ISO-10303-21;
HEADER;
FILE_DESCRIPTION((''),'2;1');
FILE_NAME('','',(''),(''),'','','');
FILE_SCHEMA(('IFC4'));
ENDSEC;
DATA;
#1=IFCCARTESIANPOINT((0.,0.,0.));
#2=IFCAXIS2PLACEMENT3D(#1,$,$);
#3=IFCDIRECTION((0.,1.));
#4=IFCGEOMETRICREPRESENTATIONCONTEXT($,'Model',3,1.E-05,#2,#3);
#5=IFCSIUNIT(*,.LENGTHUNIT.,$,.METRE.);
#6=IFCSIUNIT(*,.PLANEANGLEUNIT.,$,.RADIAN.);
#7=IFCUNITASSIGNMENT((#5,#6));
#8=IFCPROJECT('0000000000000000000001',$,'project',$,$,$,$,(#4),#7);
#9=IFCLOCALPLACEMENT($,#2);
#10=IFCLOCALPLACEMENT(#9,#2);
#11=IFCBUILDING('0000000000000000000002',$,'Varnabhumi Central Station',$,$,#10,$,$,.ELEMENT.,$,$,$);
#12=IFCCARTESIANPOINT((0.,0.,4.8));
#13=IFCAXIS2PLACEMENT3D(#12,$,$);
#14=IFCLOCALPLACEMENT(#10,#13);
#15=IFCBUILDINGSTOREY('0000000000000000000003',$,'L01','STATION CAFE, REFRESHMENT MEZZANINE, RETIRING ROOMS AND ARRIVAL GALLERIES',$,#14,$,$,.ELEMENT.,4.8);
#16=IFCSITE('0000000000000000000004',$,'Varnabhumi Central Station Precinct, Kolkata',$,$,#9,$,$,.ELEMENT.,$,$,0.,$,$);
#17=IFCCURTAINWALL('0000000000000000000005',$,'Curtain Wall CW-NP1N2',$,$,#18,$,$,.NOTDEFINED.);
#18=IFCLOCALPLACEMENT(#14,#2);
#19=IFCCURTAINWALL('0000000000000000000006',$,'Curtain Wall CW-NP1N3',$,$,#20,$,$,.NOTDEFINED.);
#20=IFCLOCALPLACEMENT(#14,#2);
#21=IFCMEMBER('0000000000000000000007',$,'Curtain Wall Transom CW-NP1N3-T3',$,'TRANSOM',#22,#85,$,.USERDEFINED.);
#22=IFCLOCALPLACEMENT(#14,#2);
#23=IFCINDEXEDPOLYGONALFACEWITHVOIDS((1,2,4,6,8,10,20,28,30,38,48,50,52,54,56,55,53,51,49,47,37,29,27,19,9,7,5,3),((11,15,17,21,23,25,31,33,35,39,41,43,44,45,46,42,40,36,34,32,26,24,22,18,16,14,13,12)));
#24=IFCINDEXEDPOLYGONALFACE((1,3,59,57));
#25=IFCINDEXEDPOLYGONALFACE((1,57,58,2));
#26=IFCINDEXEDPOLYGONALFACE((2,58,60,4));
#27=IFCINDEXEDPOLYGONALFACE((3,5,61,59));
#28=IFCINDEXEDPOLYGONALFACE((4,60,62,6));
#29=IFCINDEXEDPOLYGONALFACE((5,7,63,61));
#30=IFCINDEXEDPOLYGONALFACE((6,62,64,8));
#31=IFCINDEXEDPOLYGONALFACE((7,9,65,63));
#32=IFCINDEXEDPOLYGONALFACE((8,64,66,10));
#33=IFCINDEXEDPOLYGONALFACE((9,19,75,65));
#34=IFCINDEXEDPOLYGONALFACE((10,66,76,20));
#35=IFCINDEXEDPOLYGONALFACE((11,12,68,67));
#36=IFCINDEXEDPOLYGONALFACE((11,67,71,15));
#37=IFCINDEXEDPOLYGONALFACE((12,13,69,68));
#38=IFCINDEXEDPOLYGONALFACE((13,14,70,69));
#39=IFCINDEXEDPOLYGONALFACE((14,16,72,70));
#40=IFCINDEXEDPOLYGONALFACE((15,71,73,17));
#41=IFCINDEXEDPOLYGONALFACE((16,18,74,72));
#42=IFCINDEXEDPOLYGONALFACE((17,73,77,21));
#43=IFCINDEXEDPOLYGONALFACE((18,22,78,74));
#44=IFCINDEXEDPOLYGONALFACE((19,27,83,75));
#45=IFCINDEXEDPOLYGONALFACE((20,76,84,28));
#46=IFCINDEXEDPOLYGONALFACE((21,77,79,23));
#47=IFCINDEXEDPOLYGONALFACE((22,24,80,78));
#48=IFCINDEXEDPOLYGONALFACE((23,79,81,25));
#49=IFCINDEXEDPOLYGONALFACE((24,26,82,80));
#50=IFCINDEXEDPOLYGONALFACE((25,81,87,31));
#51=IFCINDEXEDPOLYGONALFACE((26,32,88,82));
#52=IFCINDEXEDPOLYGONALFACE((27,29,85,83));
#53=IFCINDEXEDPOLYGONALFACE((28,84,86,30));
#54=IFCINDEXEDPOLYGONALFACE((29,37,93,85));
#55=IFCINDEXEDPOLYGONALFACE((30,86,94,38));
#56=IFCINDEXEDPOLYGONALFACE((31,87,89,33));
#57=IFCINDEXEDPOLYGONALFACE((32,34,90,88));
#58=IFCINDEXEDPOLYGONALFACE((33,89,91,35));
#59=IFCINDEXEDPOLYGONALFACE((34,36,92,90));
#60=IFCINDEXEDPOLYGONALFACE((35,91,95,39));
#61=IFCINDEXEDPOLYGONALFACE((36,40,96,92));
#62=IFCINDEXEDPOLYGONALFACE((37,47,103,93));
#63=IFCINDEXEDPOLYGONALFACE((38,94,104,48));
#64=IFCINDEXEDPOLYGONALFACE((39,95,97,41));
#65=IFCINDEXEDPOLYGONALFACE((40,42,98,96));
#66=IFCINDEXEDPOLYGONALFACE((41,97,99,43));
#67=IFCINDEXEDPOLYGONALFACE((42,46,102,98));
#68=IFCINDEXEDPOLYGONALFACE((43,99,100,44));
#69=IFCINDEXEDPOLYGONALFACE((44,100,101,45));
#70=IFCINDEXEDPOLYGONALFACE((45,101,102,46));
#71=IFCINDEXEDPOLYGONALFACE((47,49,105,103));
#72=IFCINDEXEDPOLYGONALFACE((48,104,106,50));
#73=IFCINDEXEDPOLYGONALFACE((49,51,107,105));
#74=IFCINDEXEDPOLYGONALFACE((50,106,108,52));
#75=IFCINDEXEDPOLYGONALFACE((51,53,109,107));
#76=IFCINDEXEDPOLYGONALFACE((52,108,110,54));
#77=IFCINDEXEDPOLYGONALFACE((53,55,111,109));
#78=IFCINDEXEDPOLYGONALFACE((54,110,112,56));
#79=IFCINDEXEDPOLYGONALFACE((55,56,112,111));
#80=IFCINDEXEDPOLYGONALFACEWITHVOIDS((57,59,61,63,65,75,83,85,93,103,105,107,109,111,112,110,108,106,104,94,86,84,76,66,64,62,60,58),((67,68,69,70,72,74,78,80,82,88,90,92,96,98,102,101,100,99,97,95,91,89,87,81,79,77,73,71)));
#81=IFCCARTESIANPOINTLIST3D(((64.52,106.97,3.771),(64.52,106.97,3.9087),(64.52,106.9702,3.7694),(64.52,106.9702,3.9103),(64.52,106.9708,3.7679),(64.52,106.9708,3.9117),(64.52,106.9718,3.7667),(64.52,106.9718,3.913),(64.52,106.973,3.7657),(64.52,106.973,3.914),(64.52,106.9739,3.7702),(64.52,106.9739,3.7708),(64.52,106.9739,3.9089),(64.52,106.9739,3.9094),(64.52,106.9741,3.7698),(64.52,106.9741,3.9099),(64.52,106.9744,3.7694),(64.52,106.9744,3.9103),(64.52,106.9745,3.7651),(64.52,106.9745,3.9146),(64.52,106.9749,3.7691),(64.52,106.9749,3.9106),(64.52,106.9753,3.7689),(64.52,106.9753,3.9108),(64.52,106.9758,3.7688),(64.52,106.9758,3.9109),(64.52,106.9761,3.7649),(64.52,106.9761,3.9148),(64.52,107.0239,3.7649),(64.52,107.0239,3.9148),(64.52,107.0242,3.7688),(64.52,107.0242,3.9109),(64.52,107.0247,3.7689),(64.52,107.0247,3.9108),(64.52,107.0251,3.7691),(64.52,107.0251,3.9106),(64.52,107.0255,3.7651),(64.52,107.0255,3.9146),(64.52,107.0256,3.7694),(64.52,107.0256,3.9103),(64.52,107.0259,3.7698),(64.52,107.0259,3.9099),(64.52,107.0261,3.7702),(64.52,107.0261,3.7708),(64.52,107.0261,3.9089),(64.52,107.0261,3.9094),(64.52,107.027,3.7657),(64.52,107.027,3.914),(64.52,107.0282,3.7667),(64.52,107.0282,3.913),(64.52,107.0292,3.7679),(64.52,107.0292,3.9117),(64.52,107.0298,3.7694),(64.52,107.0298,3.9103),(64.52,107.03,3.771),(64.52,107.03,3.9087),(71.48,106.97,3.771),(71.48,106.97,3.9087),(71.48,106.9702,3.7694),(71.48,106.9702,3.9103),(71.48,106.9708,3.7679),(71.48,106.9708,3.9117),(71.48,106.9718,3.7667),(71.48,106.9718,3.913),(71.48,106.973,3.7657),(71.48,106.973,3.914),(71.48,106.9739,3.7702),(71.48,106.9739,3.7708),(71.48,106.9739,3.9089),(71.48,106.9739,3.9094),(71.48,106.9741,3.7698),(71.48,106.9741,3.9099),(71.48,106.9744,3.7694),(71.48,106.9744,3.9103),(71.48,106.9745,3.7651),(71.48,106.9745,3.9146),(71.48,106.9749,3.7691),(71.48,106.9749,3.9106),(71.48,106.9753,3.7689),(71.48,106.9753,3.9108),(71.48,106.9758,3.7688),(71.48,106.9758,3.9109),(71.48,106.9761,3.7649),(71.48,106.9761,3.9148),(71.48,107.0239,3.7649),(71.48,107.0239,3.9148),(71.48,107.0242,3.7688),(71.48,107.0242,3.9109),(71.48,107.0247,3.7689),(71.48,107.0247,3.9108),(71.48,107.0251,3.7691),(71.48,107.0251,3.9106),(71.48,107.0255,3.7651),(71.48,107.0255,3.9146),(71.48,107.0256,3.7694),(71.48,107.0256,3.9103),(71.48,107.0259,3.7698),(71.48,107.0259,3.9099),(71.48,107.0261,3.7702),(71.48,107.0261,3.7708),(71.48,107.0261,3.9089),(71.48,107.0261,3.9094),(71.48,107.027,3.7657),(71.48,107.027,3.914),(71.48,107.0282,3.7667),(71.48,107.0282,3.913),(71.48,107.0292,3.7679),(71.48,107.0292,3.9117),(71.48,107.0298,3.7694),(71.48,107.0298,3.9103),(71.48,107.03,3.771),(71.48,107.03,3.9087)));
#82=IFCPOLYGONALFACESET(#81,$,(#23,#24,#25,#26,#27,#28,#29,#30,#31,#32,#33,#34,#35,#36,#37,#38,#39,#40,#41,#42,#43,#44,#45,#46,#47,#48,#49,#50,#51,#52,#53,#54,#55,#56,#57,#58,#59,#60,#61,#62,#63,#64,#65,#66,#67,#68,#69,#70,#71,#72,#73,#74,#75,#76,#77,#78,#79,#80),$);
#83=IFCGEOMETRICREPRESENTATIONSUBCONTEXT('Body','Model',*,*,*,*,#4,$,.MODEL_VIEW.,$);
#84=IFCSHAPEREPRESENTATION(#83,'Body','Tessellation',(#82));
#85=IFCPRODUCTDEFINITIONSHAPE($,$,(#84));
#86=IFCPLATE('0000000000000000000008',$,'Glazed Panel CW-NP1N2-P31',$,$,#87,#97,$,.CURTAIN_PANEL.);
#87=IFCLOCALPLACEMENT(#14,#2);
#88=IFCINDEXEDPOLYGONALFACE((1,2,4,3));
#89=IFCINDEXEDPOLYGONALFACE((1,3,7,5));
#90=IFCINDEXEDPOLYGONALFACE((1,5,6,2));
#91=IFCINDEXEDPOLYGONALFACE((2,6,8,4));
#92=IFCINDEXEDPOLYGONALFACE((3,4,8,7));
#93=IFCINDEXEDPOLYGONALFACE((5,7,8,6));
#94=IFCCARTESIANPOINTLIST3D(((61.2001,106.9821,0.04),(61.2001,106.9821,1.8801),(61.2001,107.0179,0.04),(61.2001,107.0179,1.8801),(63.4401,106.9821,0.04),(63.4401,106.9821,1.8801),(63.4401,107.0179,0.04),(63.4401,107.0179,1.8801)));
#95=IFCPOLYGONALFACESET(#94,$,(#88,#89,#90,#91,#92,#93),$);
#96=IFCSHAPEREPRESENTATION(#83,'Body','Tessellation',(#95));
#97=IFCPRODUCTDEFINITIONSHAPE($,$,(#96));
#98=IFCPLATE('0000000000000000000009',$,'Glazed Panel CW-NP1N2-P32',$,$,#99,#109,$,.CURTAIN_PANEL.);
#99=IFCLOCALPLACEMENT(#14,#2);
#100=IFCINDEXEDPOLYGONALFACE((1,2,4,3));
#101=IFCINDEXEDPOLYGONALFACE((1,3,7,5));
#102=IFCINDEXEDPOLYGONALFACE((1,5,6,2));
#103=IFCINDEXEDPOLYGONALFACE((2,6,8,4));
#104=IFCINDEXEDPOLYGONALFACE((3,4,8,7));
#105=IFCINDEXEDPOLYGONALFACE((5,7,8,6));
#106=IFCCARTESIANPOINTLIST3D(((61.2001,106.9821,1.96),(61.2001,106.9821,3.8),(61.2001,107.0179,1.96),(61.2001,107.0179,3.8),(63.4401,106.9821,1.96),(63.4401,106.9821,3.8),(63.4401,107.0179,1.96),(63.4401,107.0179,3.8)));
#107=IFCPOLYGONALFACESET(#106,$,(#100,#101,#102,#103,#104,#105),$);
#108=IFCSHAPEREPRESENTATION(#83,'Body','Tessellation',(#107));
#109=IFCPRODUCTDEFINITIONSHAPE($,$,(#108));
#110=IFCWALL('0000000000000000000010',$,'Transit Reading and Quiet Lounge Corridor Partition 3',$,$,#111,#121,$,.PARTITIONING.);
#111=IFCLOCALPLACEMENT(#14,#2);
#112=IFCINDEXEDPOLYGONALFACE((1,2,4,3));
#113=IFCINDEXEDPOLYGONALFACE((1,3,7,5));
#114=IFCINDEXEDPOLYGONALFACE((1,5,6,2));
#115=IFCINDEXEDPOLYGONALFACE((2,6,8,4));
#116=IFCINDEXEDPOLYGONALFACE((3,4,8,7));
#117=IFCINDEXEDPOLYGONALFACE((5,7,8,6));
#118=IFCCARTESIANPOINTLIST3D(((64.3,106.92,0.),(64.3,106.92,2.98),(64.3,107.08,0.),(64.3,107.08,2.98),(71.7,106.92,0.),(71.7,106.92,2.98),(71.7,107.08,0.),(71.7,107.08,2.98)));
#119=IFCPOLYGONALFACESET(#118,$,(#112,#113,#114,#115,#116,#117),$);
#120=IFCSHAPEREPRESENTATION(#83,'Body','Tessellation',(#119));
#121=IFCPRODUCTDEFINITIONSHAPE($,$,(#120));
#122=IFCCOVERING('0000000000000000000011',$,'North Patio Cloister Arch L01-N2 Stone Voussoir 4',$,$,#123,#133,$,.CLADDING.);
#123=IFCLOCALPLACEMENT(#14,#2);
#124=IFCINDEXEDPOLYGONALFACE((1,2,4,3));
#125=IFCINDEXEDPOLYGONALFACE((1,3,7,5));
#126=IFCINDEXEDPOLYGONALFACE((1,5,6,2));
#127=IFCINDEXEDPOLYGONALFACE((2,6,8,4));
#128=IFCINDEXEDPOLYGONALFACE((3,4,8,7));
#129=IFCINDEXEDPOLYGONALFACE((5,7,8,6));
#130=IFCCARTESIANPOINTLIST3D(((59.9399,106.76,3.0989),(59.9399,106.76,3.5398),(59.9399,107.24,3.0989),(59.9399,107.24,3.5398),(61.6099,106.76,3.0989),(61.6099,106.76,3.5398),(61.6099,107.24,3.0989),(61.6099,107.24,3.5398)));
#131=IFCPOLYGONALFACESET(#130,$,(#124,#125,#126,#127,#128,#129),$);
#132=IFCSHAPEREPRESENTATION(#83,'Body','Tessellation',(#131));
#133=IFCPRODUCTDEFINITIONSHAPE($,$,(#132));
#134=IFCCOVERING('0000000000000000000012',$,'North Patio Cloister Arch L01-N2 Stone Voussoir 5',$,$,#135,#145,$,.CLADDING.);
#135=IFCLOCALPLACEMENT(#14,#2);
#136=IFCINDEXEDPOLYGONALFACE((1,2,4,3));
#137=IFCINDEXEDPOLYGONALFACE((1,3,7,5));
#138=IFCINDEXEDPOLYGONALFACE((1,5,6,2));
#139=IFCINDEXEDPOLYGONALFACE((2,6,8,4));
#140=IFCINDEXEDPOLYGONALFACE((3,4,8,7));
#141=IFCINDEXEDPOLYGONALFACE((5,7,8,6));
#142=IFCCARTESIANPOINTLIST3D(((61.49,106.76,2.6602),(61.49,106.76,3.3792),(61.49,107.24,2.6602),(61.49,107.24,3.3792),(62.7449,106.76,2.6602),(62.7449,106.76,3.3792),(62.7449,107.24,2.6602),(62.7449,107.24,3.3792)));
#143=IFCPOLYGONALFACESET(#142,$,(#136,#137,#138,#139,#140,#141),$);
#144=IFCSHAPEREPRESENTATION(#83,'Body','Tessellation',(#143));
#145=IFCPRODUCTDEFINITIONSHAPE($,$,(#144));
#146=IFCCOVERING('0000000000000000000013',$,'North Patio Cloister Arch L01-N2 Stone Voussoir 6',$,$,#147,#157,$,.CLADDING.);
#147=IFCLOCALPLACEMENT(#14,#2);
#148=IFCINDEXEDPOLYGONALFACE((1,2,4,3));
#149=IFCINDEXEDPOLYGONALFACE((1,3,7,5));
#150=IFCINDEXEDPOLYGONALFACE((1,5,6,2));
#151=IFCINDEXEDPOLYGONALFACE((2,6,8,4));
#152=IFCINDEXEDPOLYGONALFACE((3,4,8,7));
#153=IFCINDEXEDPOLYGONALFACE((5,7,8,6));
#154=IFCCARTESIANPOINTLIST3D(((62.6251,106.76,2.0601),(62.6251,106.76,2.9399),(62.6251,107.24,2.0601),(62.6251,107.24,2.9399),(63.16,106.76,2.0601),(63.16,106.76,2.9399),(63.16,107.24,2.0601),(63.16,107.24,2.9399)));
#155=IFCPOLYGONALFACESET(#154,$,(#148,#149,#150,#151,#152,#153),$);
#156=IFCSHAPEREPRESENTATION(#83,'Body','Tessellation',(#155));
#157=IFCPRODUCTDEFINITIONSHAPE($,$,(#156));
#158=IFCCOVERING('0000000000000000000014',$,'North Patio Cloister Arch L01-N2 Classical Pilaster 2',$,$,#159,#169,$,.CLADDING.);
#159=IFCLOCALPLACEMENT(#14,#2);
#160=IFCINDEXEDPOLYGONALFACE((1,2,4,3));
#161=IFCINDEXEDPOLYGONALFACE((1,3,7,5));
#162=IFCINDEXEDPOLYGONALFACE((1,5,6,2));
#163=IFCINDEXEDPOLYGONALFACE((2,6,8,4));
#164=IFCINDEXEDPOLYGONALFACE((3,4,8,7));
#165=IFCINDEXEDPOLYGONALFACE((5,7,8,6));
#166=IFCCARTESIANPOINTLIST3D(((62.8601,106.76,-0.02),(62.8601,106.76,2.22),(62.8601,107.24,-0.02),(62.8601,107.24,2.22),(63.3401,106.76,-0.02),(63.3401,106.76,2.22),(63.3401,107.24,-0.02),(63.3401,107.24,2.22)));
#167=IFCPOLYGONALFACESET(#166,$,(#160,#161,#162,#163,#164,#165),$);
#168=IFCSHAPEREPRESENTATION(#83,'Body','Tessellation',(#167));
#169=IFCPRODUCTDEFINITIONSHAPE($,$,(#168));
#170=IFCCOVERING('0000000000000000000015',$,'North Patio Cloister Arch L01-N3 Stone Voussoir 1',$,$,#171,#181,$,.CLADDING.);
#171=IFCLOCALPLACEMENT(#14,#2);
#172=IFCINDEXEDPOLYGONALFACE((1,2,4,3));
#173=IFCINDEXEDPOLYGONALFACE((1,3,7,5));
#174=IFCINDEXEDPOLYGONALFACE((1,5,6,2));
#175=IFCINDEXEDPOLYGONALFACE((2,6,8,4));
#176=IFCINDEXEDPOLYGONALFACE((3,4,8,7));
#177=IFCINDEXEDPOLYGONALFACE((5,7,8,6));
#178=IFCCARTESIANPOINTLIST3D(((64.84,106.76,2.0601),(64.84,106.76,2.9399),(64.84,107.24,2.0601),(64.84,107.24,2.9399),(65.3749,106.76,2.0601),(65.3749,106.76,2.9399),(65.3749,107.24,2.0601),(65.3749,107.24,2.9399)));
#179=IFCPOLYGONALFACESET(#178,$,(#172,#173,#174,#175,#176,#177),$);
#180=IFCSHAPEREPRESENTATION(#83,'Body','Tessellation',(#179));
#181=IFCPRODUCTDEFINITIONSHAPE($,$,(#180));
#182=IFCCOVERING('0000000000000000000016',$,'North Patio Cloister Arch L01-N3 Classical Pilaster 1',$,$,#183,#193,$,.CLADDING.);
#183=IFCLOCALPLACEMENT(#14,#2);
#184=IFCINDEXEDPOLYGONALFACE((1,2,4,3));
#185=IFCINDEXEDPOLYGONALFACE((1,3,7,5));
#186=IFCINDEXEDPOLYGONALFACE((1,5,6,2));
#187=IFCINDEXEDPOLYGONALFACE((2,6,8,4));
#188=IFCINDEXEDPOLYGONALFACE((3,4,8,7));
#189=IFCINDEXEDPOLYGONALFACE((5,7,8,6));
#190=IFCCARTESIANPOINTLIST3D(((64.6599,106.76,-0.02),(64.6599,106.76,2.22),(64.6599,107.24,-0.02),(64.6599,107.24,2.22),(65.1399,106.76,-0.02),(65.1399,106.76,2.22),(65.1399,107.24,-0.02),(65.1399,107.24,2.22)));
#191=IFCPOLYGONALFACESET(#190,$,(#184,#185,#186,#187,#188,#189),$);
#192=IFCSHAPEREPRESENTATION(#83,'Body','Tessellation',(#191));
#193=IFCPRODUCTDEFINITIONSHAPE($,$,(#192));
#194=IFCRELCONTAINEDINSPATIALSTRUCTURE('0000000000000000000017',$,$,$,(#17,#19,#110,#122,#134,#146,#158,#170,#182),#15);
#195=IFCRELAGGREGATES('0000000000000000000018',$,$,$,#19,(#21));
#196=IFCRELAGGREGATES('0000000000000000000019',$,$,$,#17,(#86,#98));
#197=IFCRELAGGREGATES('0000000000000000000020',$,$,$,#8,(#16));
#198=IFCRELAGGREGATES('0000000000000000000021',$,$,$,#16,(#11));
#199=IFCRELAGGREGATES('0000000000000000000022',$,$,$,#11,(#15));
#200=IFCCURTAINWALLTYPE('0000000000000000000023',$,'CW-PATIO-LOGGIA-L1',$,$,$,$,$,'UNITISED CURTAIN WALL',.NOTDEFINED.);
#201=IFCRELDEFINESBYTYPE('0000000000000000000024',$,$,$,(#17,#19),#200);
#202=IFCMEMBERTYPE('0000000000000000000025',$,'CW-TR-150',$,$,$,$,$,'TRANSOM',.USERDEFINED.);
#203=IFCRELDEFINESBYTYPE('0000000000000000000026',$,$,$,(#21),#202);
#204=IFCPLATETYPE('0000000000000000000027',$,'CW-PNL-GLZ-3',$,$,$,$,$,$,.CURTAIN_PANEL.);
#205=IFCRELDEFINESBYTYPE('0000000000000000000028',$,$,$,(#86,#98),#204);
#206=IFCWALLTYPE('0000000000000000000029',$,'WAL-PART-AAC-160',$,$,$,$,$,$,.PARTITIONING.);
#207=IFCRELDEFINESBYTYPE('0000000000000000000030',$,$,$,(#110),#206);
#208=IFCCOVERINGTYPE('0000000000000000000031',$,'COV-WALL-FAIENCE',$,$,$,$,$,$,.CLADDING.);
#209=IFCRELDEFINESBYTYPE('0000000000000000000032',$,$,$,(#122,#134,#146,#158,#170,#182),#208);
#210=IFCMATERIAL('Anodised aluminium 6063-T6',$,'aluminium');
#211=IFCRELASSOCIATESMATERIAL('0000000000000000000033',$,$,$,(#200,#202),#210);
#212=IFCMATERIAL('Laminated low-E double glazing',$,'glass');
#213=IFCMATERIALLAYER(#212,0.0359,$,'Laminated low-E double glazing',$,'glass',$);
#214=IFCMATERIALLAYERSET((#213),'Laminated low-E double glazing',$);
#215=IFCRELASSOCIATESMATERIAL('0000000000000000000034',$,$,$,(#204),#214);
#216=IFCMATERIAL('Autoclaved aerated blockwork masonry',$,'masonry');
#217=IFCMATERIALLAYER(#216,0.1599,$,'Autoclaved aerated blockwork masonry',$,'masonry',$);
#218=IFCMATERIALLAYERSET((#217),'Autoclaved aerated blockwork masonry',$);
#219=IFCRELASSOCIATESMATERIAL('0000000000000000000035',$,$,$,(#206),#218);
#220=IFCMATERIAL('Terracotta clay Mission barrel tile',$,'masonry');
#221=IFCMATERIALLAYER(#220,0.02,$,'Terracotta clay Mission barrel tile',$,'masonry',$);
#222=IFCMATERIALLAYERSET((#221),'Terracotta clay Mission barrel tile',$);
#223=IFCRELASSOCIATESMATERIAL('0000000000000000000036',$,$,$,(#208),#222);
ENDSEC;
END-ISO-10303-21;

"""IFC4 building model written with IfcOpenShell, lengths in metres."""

from ifc_helpers import new_model, si_unit, direction, frame, frame_2d, origin, origin_2d, place, context, subcontext, project, spatial, rectangle, hollow_rectangle, extrude, material, layer, layer_set, material_profile, profile_set, type_object, element, aggregate, save


model = new_model("IFC4")

# Units and contexts
model_context = context("Model", 3, precision=1e-05, world=origin(), true_north=direction((0.0, 1.0)))
body_context = subcontext(model_context, "Body", "Model", "MODEL_VIEW")
ifc_project = project(units=[si_unit("LENGTHUNIT", "METRE"), si_unit("PLANEANGLEUNIT", "RADIAN")], contexts=[model_context])

# Site, building, storey
site_placement = place(None, origin())
site = spatial("IfcSite", under=ifc_project, at=site_placement, Name="Varnabhumi Central Station Precinct, Kolkata", CompositionType="ELEMENT", RefElevation=0.0)
building_placement = place(site_placement, origin())
building = spatial("IfcBuilding", under=site, at=building_placement, Name="Varnabhumi Central Station", CompositionType="ELEMENT")
storey_placement = place(building_placement, frame((0.0, 0.0, 4.8)))
storey = spatial("IfcBuildingStorey", under=building, at=storey_placement, Name="L01", Description="STATION CAFE, REFRESHMENT MEZZANINE, RETIRING ROOMS AND ARRIVAL GALLERIES", CompositionType="ELEMENT", Elevation=4.8)

# Curtain walls, member
ifc_material_1 = material(Name="Anodised aluminium 6063-T6", Category="aluminium")
curtain_wall_type = type_object("IfcCurtainWallType", Name="CW-PATIO-LOGGIA-L1", ElementType="UNITISED CURTAIN WALL", PredefinedType="NOTDEFINED", material=ifc_material_1)
curtain_wall_1_placement = place(storey_placement, origin())
curtain_wall_1 = element("IfcCurtainWall", 1, at=curtain_wall_1_placement, inside=storey, type_object=curtain_wall_type, Name="Curtain Wall CW-NP1N2", PredefinedType="NOTDEFINED")
curtain_wall_2_placement = place(storey_placement, origin())
curtain_wall_2 = element("IfcCurtainWall", 2, at=curtain_wall_2_placement, inside=storey, type_object=curtain_wall_type, Name="Curtain Wall CW-NP1N3", PredefinedType="NOTDEFINED")
ifc_material_profile_1 = material_profile(ifc_material_1, hollow_rectangle(XDim=0.0601, YDim=0.1499, WallThickness=0.0039, InnerFilletRadius=0.002, OuterFilletRadius=0.0061, at=origin_2d()), Name="Anodised aluminium 6063-T6", Category="aluminium")
ifc_profile_set_1 = profile_set([ifc_material_profile_1], Name="Anodised aluminium 6063-T6")
member_type_1 = type_object("IfcMemberType", Name="CW-TR-150", ElementType="TRANSOM", PredefinedType="USERDEFINED", material=ifc_profile_set_1)
member_1_placement = place(storey_placement, frame((64.52, 107.0, 3.8398), z_axis=(1.0, 0.0, 0.0), x_axis=(0.0, 1.0, 0.0)))
member_1 = element("IfcMember", 3, at=member_1_placement, type_object=member_type_1, Name="Curtain Wall Transom CW-NP1N3-T3", ObjectType="TRANSOM", PredefinedType="USERDEFINED", context=body_context, shape_type="SweptSolid", body=[
    extrude(hollow_rectangle(XDim=0.0601, YDim=0.1499, WallThickness=0.0039, InnerFilletRadius=0.002, OuterFilletRadius=0.0061, at=origin_2d()), origin(), (0.0, 0.0, 1.0), 6.96),
])
aggregate(curtain_wall_2, [member_1])

# Plates
ifc_material_2 = material(Name="Laminated low-E double glazing", Category="glass")
ifc_layer_1 = layer(ifc_material_2, 0.0359, Name="Laminated low-E double glazing", Category="glass")
ifc_layer_set_1 = layer_set([ifc_layer_1], Name="Laminated low-E double glazing")
plate_type = type_object("IfcPlateType", Name="CW-PNL-GLZ-3", PredefinedType="CURTAIN_PANEL", material=ifc_layer_set_1)
plate_1_placement = place(storey_placement, frame((62.3201, 107.0, 0.04), z_axis=(0.0, 0.0, 1.0), x_axis=(1.0, 0.0, 0.0)))
plate_1 = element("IfcPlate", 4, at=plate_1_placement, type_object=plate_type, Name="Glazed Panel CW-NP1N2-P31", PredefinedType="CURTAIN_PANEL", context=body_context, shape_type="SweptSolid", body=[
    extrude(rectangle(XDim=2.24, YDim=0.0359, at=origin_2d()), origin(), (0.0, 0.0, 1.0), 1.8401),
])
plate_2_placement = place(storey_placement, frame((62.3201, 107.0, 1.96), z_axis=(0.0, 0.0, 1.0), x_axis=(1.0, 0.0, 0.0)))
plate_2 = element("IfcPlate", 5, at=plate_2_placement, type_object=plate_type, Name="Glazed Panel CW-NP1N2-P32", PredefinedType="CURTAIN_PANEL", context=body_context, shape_type="SweptSolid", body=[
    extrude(rectangle(XDim=2.24, YDim=0.0359, at=origin_2d()), origin(), (0.0, 0.0, 1.0), 1.8401),
])
aggregate(curtain_wall_1, [plate_1, plate_2])

# Wall
ifc_material_3 = material(Name="Autoclaved aerated blockwork masonry", Category="masonry")
ifc_layer_2 = layer(ifc_material_3, 0.1599, Name="Autoclaved aerated blockwork masonry", Category="masonry")
ifc_layer_set_2 = layer_set([ifc_layer_2], Name="Autoclaved aerated blockwork masonry")
wall_type = type_object("IfcWallType", Name="WAL-PART-AAC-160", PredefinedType="PARTITIONING", material=ifc_layer_set_2)
wall_placement = place(storey_placement, frame((64.3, 107.0, 0.0), z_axis=(0.0, 0.0, 1.0), x_axis=(1.0, 0.0, 0.0)))
element("IfcWall", 6, at=wall_placement, inside=storey, type_object=wall_type, Name="Transit Reading and Quiet Lounge Corridor Partition 3", PredefinedType="PARTITIONING", context=body_context, shape_type="SweptSolid", body=[
    extrude(rectangle(XDim=7.3999, YDim=0.1599, at=frame_2d((3.7, 0.0))), origin(), (0.0, 0.0, 1.0), 2.98),
])

# Coverings
ifc_material_4 = material(Name="Terracotta clay Mission barrel tile", Category="masonry")
ifc_layer_3 = layer(ifc_material_4, 0.02, Name="Terracotta clay Mission barrel tile", Category="masonry")
ifc_layer_set_3 = layer_set([ifc_layer_3], Name="Terracotta clay Mission barrel tile")
covering_type = type_object("IfcCoveringType", Name="COV-WALL-FAIENCE", PredefinedType="CLADDING", material=ifc_layer_set_3)
covering_1_placement = place(storey_placement, frame((60.7749, 107.0, 3.0989), z_axis=(0.0, 0.0, 1.0), x_axis=(1.0, 0.0, 0.0)))
element("IfcCovering", 7, at=covering_1_placement, inside=storey, type_object=covering_type, Name="North Patio Cloister Arch L01-N2 Stone Voussoir 4", PredefinedType="CLADDING", context=body_context, shape_type="SweptSolid", body=[
    extrude(rectangle(XDim=1.6699, YDim=0.48, at=origin_2d()), origin(), (0.0, 0.0, 1.0), 0.4409),
])
covering_2_placement = place(storey_placement, frame((62.1174, 107.0, 2.6602), z_axis=(0.0, 0.0, 1.0), x_axis=(1.0, 0.0, 0.0)))
element("IfcCovering", 8, at=covering_2_placement, inside=storey, type_object=covering_type, Name="North Patio Cloister Arch L01-N2 Stone Voussoir 5", PredefinedType="CLADDING", context=body_context, shape_type="SweptSolid", body=[
    extrude(rectangle(XDim=1.2549, YDim=0.48, at=origin_2d()), origin(), (0.0, 0.0, 1.0), 0.719),
])
covering_3_placement = place(storey_placement, frame((62.8926, 107.0, 2.0601), z_axis=(0.0, 0.0, 1.0), x_axis=(1.0, 0.0, 0.0)))
element("IfcCovering", 9, at=covering_3_placement, inside=storey, type_object=covering_type, Name="North Patio Cloister Arch L01-N2 Stone Voussoir 6", PredefinedType="CLADDING", context=body_context, shape_type="SweptSolid", body=[
    extrude(rectangle(XDim=0.5349, YDim=0.48, at=origin_2d()), origin(), (0.0, 0.0, 1.0), 0.8799),
])
covering_4_placement = place(storey_placement, frame((63.1001, 107.0, -0.02), z_axis=(0.0, 0.0, 1.0), x_axis=(1.0, 0.0, 0.0)))
element("IfcCovering", 10, at=covering_4_placement, inside=storey, type_object=covering_type, Name="North Patio Cloister Arch L01-N2 Classical Pilaster 2", PredefinedType="CLADDING", context=body_context, shape_type="SweptSolid", body=[
    extrude(rectangle(XDim=0.48, YDim=0.48, at=origin_2d()), origin(), (0.0, 0.0, 1.0), 2.24),
])
covering_5_placement = place(storey_placement, frame((65.1074, 107.0, 2.0601), z_axis=(0.0, 0.0, 1.0), x_axis=(1.0, 0.0, 0.0)))
element("IfcCovering", 11, at=covering_5_placement, inside=storey, type_object=covering_type, Name="North Patio Cloister Arch L01-N3 Stone Voussoir 1", PredefinedType="CLADDING", context=body_context, shape_type="SweptSolid", body=[
    extrude(rectangle(XDim=0.5349, YDim=0.48, at=origin_2d()), origin(), (0.0, 0.0, 1.0), 0.8799),
])
covering_6_placement = place(storey_placement, frame((64.8999, 107.0, -0.02), z_axis=(0.0, 0.0, 1.0), x_axis=(1.0, 0.0, 0.0)))
element("IfcCovering", 12, at=covering_6_placement, inside=storey, type_object=covering_type, Name="North Patio Cloister Arch L01-N3 Classical Pilaster 1", PredefinedType="CLADDING", context=body_context, shape_type="SweptSolid", body=[
    extrude(rectangle(XDim=0.48, YDim=0.48, at=origin_2d()), origin(), (0.0, 0.0, 1.0), 2.24),
])

save(model, "model.ifc")
